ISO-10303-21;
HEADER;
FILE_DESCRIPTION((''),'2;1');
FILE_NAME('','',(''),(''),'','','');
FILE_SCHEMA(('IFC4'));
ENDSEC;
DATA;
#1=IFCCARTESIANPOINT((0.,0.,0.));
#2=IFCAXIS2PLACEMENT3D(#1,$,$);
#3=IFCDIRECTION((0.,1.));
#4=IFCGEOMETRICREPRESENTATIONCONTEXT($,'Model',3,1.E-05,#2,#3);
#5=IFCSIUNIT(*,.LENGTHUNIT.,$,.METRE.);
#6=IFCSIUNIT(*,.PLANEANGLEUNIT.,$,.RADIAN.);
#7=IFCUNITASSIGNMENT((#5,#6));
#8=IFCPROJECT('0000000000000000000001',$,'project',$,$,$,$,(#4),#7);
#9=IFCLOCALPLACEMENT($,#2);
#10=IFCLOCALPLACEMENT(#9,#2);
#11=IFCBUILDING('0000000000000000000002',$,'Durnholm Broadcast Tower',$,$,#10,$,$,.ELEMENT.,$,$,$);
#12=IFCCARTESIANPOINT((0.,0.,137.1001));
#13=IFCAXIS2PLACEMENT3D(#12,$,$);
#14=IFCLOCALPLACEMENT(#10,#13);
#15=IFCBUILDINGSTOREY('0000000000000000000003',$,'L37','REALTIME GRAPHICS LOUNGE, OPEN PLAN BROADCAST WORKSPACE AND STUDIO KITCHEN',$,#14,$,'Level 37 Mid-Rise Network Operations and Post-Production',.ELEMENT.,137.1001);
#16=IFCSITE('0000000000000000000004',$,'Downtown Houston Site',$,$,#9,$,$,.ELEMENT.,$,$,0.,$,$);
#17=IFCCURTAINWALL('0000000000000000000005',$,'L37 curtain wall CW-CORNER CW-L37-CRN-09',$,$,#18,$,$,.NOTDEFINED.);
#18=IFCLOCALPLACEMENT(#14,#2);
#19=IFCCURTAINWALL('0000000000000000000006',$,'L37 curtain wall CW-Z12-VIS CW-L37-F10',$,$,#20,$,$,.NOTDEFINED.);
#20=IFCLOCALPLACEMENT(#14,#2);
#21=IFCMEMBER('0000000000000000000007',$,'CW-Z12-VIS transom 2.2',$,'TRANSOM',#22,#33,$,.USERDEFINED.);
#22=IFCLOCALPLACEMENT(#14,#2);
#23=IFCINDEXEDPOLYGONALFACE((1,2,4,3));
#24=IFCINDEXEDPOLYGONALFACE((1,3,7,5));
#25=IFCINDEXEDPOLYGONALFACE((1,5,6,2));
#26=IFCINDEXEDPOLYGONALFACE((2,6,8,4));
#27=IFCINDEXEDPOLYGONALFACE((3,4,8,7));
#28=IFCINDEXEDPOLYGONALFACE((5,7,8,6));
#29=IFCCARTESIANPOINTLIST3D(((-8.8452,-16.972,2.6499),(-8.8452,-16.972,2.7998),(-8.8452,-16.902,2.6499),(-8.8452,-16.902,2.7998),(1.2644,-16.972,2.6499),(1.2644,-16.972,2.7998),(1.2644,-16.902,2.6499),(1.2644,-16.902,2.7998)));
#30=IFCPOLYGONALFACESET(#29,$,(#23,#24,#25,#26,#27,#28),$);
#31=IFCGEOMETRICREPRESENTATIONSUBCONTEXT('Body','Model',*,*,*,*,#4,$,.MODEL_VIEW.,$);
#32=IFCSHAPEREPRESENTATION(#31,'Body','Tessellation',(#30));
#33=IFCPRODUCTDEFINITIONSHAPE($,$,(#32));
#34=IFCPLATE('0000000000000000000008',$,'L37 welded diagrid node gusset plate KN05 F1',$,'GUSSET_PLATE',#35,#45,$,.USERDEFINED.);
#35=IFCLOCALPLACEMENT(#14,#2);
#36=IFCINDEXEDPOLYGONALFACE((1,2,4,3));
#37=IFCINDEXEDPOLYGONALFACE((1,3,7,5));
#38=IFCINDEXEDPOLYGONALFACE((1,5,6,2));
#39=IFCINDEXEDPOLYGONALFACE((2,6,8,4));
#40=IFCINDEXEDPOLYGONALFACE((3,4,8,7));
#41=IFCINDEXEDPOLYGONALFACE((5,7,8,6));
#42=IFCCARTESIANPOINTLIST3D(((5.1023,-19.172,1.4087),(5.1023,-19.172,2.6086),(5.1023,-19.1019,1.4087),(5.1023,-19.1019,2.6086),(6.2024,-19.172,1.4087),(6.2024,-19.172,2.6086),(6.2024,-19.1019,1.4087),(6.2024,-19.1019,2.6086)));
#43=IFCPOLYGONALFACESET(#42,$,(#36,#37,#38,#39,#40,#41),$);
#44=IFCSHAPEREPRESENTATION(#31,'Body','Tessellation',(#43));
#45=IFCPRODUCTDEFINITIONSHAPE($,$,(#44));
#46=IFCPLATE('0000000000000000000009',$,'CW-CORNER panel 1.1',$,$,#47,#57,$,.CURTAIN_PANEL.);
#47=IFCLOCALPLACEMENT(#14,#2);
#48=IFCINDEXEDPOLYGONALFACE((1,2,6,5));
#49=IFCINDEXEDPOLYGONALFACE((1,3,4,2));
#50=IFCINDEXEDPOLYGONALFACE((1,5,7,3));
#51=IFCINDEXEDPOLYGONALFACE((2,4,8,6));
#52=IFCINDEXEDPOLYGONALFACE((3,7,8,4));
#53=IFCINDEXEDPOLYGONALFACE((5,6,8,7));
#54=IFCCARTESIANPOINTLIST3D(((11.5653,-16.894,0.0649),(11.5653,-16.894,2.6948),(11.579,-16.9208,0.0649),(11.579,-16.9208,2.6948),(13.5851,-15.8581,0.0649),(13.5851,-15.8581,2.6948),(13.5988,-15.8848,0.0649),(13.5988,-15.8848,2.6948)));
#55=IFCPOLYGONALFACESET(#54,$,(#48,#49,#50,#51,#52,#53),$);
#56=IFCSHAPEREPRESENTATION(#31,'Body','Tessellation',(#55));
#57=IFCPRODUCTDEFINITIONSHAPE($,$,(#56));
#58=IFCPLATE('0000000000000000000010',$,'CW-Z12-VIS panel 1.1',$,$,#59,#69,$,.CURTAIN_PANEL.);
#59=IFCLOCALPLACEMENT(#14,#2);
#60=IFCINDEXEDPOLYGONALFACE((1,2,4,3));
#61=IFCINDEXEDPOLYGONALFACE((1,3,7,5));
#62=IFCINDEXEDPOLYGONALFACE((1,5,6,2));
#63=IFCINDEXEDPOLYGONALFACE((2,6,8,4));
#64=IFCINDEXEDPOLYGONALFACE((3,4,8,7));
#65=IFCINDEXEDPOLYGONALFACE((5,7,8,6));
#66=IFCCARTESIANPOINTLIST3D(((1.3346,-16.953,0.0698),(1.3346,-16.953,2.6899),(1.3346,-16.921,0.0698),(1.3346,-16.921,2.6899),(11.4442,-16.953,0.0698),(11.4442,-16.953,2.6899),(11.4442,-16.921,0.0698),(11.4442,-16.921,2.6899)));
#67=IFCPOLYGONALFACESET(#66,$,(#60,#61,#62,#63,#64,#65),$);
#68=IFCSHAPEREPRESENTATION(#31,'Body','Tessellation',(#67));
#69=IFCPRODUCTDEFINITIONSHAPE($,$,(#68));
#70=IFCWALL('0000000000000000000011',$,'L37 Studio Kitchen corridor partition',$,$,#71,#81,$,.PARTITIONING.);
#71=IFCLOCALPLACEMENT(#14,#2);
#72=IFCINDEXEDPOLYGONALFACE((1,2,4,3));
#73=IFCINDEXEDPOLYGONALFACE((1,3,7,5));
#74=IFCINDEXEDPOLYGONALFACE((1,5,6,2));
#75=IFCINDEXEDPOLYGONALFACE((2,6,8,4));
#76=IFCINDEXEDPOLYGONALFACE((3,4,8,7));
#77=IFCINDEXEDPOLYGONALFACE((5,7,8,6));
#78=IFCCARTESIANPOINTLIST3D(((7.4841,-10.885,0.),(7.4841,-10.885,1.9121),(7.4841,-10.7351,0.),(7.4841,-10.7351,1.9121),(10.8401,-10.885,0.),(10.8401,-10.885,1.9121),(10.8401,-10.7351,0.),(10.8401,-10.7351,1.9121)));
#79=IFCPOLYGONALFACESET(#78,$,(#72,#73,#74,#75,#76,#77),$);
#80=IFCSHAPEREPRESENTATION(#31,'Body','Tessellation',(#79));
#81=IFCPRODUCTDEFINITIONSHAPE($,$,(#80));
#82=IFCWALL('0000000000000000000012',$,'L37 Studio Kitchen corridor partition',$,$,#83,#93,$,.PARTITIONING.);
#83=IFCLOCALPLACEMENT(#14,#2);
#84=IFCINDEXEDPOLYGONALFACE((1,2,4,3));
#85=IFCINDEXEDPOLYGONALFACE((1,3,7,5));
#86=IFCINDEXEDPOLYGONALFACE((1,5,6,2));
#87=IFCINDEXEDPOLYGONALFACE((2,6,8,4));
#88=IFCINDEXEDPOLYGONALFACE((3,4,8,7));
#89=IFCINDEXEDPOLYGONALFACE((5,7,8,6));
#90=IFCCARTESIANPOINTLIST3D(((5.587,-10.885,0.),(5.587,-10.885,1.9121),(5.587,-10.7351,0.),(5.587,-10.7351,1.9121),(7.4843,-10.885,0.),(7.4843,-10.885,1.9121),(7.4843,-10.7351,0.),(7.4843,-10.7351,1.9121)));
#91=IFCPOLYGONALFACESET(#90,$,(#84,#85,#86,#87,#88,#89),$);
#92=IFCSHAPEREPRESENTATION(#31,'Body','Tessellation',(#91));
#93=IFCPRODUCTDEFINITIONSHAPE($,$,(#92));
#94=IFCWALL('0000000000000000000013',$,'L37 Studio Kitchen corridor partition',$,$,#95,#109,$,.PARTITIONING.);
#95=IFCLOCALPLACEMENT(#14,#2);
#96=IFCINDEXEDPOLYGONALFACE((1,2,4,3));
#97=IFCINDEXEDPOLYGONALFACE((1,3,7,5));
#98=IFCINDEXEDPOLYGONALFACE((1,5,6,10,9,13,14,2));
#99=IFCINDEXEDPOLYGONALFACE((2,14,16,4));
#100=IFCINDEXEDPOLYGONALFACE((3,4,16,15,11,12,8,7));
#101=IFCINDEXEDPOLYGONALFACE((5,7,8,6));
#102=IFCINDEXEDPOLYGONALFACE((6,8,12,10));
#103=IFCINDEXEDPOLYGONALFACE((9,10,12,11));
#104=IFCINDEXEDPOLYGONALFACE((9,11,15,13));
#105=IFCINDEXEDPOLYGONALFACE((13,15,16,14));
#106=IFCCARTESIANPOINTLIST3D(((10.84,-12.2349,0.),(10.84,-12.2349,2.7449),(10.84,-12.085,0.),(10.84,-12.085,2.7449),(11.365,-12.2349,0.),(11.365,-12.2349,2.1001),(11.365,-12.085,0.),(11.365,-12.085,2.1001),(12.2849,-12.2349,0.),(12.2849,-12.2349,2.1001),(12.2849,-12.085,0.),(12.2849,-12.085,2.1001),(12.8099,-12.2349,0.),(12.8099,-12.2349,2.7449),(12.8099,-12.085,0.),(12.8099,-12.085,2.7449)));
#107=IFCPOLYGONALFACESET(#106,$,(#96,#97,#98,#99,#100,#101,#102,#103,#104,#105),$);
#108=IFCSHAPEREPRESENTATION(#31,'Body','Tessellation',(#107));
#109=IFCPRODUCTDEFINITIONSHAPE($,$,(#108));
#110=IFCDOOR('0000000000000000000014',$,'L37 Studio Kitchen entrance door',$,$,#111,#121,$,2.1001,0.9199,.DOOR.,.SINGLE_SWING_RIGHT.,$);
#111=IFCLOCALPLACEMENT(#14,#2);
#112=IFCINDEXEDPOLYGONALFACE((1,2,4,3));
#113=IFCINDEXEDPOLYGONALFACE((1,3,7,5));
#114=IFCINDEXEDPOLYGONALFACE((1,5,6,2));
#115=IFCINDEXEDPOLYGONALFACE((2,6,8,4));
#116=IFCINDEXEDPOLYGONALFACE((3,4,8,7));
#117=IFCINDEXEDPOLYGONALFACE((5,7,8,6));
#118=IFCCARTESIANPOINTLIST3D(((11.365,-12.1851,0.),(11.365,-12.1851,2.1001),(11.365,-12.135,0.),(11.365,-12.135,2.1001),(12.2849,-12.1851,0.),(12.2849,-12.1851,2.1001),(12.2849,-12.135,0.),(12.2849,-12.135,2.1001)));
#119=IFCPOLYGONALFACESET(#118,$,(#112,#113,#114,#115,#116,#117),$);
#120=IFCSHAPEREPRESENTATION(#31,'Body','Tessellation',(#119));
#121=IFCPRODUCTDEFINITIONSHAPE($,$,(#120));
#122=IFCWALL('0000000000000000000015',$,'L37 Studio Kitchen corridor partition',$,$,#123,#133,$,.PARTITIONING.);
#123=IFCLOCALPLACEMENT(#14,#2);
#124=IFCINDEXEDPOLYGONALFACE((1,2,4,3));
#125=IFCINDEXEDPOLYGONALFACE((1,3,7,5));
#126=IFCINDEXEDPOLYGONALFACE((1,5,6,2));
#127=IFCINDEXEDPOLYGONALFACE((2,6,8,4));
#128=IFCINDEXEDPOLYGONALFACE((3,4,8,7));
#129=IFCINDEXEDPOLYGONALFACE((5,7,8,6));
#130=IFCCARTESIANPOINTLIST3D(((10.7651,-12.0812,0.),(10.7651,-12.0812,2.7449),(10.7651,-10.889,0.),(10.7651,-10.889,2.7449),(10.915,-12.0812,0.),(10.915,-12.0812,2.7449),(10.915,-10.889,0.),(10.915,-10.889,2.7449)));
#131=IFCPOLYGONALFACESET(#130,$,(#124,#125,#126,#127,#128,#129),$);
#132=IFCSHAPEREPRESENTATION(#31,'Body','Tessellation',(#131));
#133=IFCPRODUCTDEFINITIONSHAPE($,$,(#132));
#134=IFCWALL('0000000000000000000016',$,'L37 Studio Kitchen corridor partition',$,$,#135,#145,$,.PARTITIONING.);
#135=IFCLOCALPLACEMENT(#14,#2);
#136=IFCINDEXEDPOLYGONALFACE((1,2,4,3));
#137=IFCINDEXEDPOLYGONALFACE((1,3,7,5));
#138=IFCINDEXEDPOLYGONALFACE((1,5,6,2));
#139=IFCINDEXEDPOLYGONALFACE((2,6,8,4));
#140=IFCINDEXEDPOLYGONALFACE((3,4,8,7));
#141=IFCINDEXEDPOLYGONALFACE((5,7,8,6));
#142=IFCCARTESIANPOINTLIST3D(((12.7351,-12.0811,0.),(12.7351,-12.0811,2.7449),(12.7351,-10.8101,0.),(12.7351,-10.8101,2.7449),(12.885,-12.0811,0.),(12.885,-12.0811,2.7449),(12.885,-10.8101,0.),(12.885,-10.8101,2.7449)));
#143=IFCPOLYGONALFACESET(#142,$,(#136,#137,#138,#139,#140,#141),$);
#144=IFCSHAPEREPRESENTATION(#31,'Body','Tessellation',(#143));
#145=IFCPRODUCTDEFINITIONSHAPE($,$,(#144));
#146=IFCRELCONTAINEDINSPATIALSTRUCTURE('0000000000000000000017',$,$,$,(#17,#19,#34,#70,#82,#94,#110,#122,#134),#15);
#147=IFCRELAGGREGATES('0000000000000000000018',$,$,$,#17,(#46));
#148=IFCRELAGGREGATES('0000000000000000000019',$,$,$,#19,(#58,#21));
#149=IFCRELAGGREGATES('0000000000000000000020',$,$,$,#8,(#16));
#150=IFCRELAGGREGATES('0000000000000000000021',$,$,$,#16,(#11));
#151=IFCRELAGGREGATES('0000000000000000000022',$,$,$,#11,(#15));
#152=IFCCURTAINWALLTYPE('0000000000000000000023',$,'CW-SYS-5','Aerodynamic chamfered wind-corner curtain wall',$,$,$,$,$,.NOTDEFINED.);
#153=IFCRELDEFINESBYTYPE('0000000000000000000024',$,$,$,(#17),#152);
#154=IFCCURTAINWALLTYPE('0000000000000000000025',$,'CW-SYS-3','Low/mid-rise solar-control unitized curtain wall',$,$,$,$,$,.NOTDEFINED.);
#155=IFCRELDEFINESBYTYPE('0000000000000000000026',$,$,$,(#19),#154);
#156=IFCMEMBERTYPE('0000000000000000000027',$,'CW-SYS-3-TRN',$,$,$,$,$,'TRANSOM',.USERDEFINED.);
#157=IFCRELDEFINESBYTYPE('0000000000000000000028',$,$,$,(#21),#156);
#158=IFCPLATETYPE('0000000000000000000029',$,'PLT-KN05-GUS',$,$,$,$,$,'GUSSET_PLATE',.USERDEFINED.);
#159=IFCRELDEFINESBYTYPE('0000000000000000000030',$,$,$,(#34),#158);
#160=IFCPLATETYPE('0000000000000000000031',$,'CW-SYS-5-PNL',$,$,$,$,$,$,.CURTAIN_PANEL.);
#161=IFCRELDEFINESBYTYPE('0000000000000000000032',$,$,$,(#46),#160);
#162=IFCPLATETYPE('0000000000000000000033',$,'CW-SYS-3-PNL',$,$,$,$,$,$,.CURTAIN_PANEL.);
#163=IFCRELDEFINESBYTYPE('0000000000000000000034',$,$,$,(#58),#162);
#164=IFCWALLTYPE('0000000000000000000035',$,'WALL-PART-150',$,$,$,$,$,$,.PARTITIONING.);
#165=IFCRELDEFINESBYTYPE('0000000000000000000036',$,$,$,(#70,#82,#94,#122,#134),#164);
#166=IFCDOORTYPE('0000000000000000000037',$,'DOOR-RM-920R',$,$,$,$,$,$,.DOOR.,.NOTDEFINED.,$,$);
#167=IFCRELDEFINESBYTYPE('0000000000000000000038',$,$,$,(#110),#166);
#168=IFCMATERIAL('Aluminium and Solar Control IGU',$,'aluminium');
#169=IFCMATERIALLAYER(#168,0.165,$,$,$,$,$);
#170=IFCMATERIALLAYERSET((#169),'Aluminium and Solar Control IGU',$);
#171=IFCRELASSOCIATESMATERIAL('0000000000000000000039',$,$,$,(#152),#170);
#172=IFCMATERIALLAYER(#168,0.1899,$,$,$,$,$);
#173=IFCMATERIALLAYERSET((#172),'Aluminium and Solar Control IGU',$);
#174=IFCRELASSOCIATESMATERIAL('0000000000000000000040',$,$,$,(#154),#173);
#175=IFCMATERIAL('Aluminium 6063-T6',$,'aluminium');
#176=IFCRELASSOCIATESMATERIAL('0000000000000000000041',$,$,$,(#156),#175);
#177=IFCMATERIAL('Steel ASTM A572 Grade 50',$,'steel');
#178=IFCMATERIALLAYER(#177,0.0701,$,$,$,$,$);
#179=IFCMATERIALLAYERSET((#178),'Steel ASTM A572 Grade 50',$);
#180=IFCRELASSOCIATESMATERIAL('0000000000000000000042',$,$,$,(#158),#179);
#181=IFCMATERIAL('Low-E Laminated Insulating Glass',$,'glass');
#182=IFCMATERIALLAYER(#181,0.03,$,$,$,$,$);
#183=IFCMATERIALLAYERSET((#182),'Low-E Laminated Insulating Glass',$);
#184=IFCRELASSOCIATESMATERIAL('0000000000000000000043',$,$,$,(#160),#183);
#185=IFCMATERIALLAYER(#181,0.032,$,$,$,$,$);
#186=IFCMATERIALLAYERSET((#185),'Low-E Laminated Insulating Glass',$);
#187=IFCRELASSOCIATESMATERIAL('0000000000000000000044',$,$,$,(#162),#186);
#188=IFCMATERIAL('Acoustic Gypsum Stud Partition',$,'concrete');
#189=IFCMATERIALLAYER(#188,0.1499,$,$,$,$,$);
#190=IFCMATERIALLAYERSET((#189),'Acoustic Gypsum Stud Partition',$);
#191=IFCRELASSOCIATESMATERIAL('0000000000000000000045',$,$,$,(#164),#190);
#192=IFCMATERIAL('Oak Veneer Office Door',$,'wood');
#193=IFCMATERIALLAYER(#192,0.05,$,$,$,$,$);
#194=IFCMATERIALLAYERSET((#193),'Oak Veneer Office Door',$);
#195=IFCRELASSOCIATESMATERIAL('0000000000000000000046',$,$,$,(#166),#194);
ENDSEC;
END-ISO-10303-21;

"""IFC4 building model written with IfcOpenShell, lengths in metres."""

from ifc_helpers import new_model, si_unit, direction, frame, frame_2d, origin, origin_2d, place, context, subcontext, project, spatial, rectangle, extrude, source, transform, mapped, material, layer, layer_set, material_profile, profile_set, type_object, type_shapes, element, fill, aggregate, save


model = new_model("IFC4")

# Units and contexts
model_context = context("Model", 3, precision=1e-05, world=origin(), true_north=direction((0.0, 1.0)))
body_context = subcontext(model_context, "Body", "Model", "MODEL_VIEW")
ifc_project = project(units=[si_unit("LENGTHUNIT", "METRE"), si_unit("PLANEANGLEUNIT", "RADIAN")], contexts=[model_context])

# Site, building, storey
site_placement = place(None, origin())
site = spatial("IfcSite", under=ifc_project, at=site_placement, Name="Downtown Houston Site", CompositionType="ELEMENT", RefElevation=0.0)
building_placement = place(site_placement, origin())
building = spatial("IfcBuilding", under=site, at=building_placement, Name="Durnholm Broadcast Tower", CompositionType="ELEMENT")
storey_placement = place(building_placement, frame((0.0, 0.0, 137.1001)))
storey = spatial("IfcBuildingStorey", under=building, at=storey_placement, Name="L37", Description="REALTIME GRAPHICS LOUNGE, OPEN PLAN BROADCAST WORKSPACE AND STUDIO KITCHEN", LongName="Level 37 Mid-Rise Network Operations and Post-Production", CompositionType="ELEMENT", Elevation=137.1001)

# Curtain wall
ifc_material_1 = material(Name="Aluminium and Solar Control IGU", Category="aluminium")
ifc_layer_1 = layer(ifc_material_1, 0.165)
ifc_layer_set_1 = layer_set([ifc_layer_1], Name="Aluminium and Solar Control IGU")
curtain_wall_type_1 = type_object("IfcCurtainWallType", Name="CW-SYS-5", Description="Aerodynamic chamfered wind-corner curtain wall", PredefinedType="NOTDEFINED", material=ifc_layer_set_1)
curtain_wall_1_placement = place(storey_placement, origin())
curtain_wall_1 = element("IfcCurtainWall", 1, at=curtain_wall_1_placement, inside=storey, type_object=curtain_wall_type_1, Name="L37 curtain wall CW-CORNER CW-L37-CRN-09", PredefinedType="NOTDEFINED")
ifc_material_2 = material(Name="Aluminium 6063-T6", Category="aluminium")

# Curtain wall, member
ifc_layer_2 = layer(ifc_material_1, 0.1899)
ifc_layer_set_2 = layer_set([ifc_layer_2], Name="Aluminium and Solar Control IGU")
curtain_wall_type_2 = type_object("IfcCurtainWallType", Name="CW-SYS-3", Description="Low/mid-rise solar-control unitized curtain wall", PredefinedType="NOTDEFINED", material=ifc_layer_set_2)
curtain_wall_2_placement = place(storey_placement, origin())
curtain_wall_2 = element("IfcCurtainWall", 2, at=curtain_wall_2_placement, inside=storey, type_object=curtain_wall_type_2, Name="L37 curtain wall CW-Z12-VIS CW-L37-F10", PredefinedType="NOTDEFINED")
ifc_material_profile_1 = material_profile(ifc_material_2, rectangle(XDim=0.0701, YDim=0.1499, at=origin_2d()), Name="CWT70X150")
ifc_profile_set_1 = profile_set([ifc_material_profile_1], Name="Aluminium 6063-T6")
member_type_1 = type_object("IfcMemberType", Name="CW-SYS-3-TRN", ElementType="TRANSOM", PredefinedType="USERDEFINED", material=ifc_profile_set_1)
shared_shape_1 = source(origin(), body_context, "Body", "SweptSolid", [
    extrude(rectangle(XDim=0.0701, YDim=0.1499, at=origin_2d()), origin(), (0.0, 0.0, 1.0), 10.1096),
])
type_shapes(member_type_1, [shared_shape_1])
member_1_placement = place(storey_placement, frame((1.2644, -16.937, 2.7249), z_axis=(-1.0, 0.0, 0.0), x_axis=(0.0, -1.0, 0.0)))
member_1 = element("IfcMember", 3, at=member_1_placement, type_object=member_type_1, Name="CW-Z12-VIS transom 2.2", ObjectType="TRANSOM", PredefinedType="USERDEFINED", context=body_context, shape_type="MappedRepresentation", body=[
    mapped(shared_shape_1, transform((0.0, 0.0, 0.0), x_axis=(1.0, 0.0, 0.0), y_axis=(0.0, 1.0, 0.0), z_axis=(0.0, 0.0, 1.0), scale=1.0)),
])

# Plates
ifc_material_3 = material(Name="Steel ASTM A572 Grade 50", Category="steel")
ifc_layer_3 = layer(ifc_material_3, 0.0701)
ifc_layer_set_3 = layer_set([ifc_layer_3], Name="Steel ASTM A572 Grade 50")
plate_type_1 = type_object("IfcPlateType", Name="PLT-KN05-GUS", ElementType="GUSSET_PLATE", PredefinedType="USERDEFINED", material=ifc_layer_set_3)
shared_shape_2 = source(origin(), body_context, "Body", "SweptSolid", [
    extrude(rectangle(XDim=1.1001, YDim=0.0701, at=origin_2d()), origin(), (0.0, 0.0, 1.0), 1.2),
])
type_shapes(plate_type_1, [shared_shape_2])
plate_1_placement = place(storey_placement, frame((5.6523, -19.137, 1.4087), z_axis=(0.0, 0.0, 1.0), x_axis=(1.0, 0.0, 0.0)))
element("IfcPlate", 4, at=plate_1_placement, inside=storey, type_object=plate_type_1, Name="L37 welded diagrid node gusset plate KN05 F1", ObjectType="GUSSET_PLATE", PredefinedType="USERDEFINED", context=body_context, shape_type="MappedRepresentation", body=[
    mapped(shared_shape_2, transform((0.0, 0.0, 0.0), x_axis=(1.0, 0.0, 0.0), y_axis=(0.0, 1.0, 0.0), z_axis=(0.0, 0.0, 1.0), scale=1.0)),
])
ifc_material_4 = material(Name="Low-E Laminated Insulating Glass", Category="glass")
ifc_layer_4 = layer(ifc_material_4, 0.03)
ifc_layer_set_4 = layer_set([ifc_layer_4], Name="Low-E Laminated Insulating Glass")
plate_type_2 = type_object("IfcPlateType", Name="CW-SYS-5-PNL", PredefinedType="CURTAIN_PANEL", material=ifc_layer_set_4)
shared_shape_3 = source(origin(), body_context, "Body", "SweptSolid", [
    extrude(rectangle(XDim=2.27, YDim=0.03, at=origin_2d()), origin(), (0.0, 0.0, 1.0), 2.6299),
])
type_shapes(plate_type_2, [shared_shape_3])
plate_2_placement = place(storey_placement, frame((12.582, -16.3894, 0.0649), z_axis=(0.0, 0.0, 1.0), x_axis=(-0.889788, -0.456373, 0.0)))
plate_2 = element("IfcPlate", 5, at=plate_2_placement, type_object=plate_type_2, Name="CW-CORNER panel 1.1", PredefinedType="CURTAIN_PANEL", context=body_context, shape_type="MappedRepresentation", body=[
    mapped(shared_shape_3, transform((0.0, 0.0, 0.0), x_axis=(1.0, 0.0, 0.0), y_axis=(0.0, 1.0, 0.0), z_axis=(0.0, 0.0, 1.0), scale=1.0)),
])
aggregate(curtain_wall_1, [plate_2])
ifc_layer_5 = layer(ifc_material_4, 0.032)
ifc_layer_set_5 = layer_set([ifc_layer_5], Name="Low-E Laminated Insulating Glass")
plate_type_3 = type_object("IfcPlateType", Name="CW-SYS-3-PNL", PredefinedType="CURTAIN_PANEL", material=ifc_layer_set_5)
shared_shape_4 = source(origin(), body_context, "Body", "SweptSolid", [
    extrude(rectangle(XDim=10.1096, YDim=0.032, at=origin_2d()), origin(), (0.0, 0.0, 1.0), 2.6201),
])
type_shapes(plate_type_3, [shared_shape_4])
plate_3_placement = place(storey_placement, frame((6.3894, -16.937, 0.0698), z_axis=(0.0, 0.0, 1.0), x_axis=(-1.0, 0.0, 0.0)))
plate_3 = element("IfcPlate", 6, at=plate_3_placement, type_object=plate_type_3, Name="CW-Z12-VIS panel 1.1", PredefinedType="CURTAIN_PANEL", context=body_context, shape_type="MappedRepresentation", body=[
    mapped(shared_shape_4, transform((0.0, 0.0, 0.0), x_axis=(1.0, 0.0, 0.0), y_axis=(0.0, 1.0, 0.0), z_axis=(0.0, 0.0, 1.0), scale=1.0)),
])
aggregate(curtain_wall_2, [plate_3, member_1])

# Walls
ifc_material_5 = material(Name="Acoustic Gypsum Stud Partition", Category="concrete")
ifc_layer_6 = layer(ifc_material_5, 0.1499)
ifc_layer_set_6 = layer_set([ifc_layer_6], Name="Acoustic Gypsum Stud Partition")
wall_type = type_object("IfcWallType", Name="WALL-PART-150", PredefinedType="PARTITIONING", material=ifc_layer_set_6)
wall_1_placement = place(storey_placement, frame((7.4841, -10.8101, 0.0), z_axis=(0.0, 0.0, 1.0), x_axis=(1.0, 0.0, 0.0)))
element("IfcWall", 7, at=wall_1_placement, inside=storey, type_object=wall_type, Name="L37 Studio Kitchen corridor partition", PredefinedType="PARTITIONING", context=body_context, shape_type="SweptSolid", body=[
    extrude(rectangle(XDim=3.356, YDim=0.1499, at=frame_2d((1.678, 0.0))), origin(), (0.0, 0.0, 1.0), 1.9121),
])
wall_2_placement = place(storey_placement, frame((5.5869, -10.8101, 0.0), z_axis=(0.0, 0.0, 1.0), x_axis=(1.0, 0.0, 0.0)))
element("IfcWall", 8, at=wall_2_placement, inside=storey, type_object=wall_type, Name="L37 Studio Kitchen corridor partition", PredefinedType="PARTITIONING", context=body_context, shape_type="SweptSolid", body=[
    extrude(rectangle(XDim=1.8972, YDim=0.1499, at=frame_2d((0.9487, 0.0))), origin(), (0.0, 0.0, 1.0), 1.9121),
])

# Wall, opening, door
wall_3_placement = place(storey_placement, frame((10.8401, -12.1599, 0.0), z_axis=(0.0, 0.0, 1.0), x_axis=(1.0, 0.0, 0.0)))
wall_3 = element("IfcWall", 9, at=wall_3_placement, inside=storey, type_object=wall_type, Name="L37 Studio Kitchen corridor partition", PredefinedType="PARTITIONING", context=body_context, shape_type="SweptSolid", body=[
    extrude(rectangle(XDim=1.97, YDim=0.1499, at=frame_2d((0.9849, 0.0))), origin(), (0.0, 0.0, 1.0), 2.7449),
])
opening_placement = place(wall_3_placement, frame((0.5249, 0.0, 0.0)))
opening = element("IfcOpeningElement", 10, at=opening_placement, cuts=wall_3, PredefinedType="OPENING", context=body_context, shape_type="SweptSolid", body=[
    extrude(rectangle(XDim=0.9199, YDim=2.1001, at=frame_2d((0.46, 1.05))), frame((0.0, 0.085, 0.0), z_axis=(0.0, -1.0, 0.0), x_axis=(1.0, 0.0, 0.0)), (0.0, 0.0, 1.0), 0.1699),
])
ifc_material_6 = material(Name="Oak Veneer Office Door", Category="wood")
ifc_layer_7 = layer(ifc_material_6, 0.05)
ifc_layer_set_7 = layer_set([ifc_layer_7], Name="Oak Veneer Office Door")
door_type = type_object("IfcDoorType", Name="DOOR-RM-920R", OperationType="NOTDEFINED", PredefinedType="DOOR", material=ifc_layer_set_7)
shared_shape_5 = source(origin(), body_context, "Body", "SweptSolid", [
    extrude(rectangle(XDim=0.9199, YDim=2.1001, at=frame_2d((0.46, 1.05))), frame((0.0, 0.0249, 0.0), z_axis=(0.0, -1.0, 0.0), x_axis=(1.0, 0.0, 0.0)), (0.0, 0.0, 1.0), 0.05),
])
type_shapes(door_type, [shared_shape_5])
door_placement = place(opening_placement, origin())
door = element("IfcDoor", 11, at=door_placement, inside=storey, type_object=door_type, Name="L37 Studio Kitchen entrance door", OperationType="SINGLE_SWING_RIGHT", OverallHeight=2.1001, OverallWidth=0.9199, PredefinedType="DOOR", context=body_context, shape_type="MappedRepresentation", body=[
    mapped(shared_shape_5, transform((0.0, 0.0, 0.0), x_axis=(1.0, 0.0, 0.0), y_axis=(0.0, 1.0, 0.0), z_axis=(0.0, 0.0, 1.0), scale=1.0)),
])
fill(opening, door)

# Walls
wall_4_placement = place(storey_placement, frame((10.8401, -10.8889, 0.0), z_axis=(0.0, 0.0, 1.0), x_axis=(0.0, -1.0, 0.0)))
element("IfcWall", 12, at=wall_4_placement, inside=storey, type_object=wall_type, Name="L37 Studio Kitchen corridor partition", PredefinedType="PARTITIONING", context=body_context, shape_type="SweptSolid", body=[
    extrude(rectangle(XDim=1.1921, YDim=0.1499, at=frame_2d((0.5962, 0.0))), origin(), (0.0, 0.0, 1.0), 2.7449),
])
wall_5_placement = place(storey_placement, frame((12.8101, -12.0811, 0.0), z_axis=(0.0, 0.0, 1.0), x_axis=(0.0, 1.0, 0.0)))
element("IfcWall", 13, at=wall_5_placement, inside=storey, type_object=wall_type, Name="L37 Studio Kitchen corridor partition", PredefinedType="PARTITIONING", context=body_context, shape_type="SweptSolid", body=[
    extrude(rectangle(XDim=1.271, YDim=0.1499, at=frame_2d((0.6355, 0.0))), origin(), (0.0, 0.0, 1.0), 2.7449),
])

save(model, "model.ifc")
